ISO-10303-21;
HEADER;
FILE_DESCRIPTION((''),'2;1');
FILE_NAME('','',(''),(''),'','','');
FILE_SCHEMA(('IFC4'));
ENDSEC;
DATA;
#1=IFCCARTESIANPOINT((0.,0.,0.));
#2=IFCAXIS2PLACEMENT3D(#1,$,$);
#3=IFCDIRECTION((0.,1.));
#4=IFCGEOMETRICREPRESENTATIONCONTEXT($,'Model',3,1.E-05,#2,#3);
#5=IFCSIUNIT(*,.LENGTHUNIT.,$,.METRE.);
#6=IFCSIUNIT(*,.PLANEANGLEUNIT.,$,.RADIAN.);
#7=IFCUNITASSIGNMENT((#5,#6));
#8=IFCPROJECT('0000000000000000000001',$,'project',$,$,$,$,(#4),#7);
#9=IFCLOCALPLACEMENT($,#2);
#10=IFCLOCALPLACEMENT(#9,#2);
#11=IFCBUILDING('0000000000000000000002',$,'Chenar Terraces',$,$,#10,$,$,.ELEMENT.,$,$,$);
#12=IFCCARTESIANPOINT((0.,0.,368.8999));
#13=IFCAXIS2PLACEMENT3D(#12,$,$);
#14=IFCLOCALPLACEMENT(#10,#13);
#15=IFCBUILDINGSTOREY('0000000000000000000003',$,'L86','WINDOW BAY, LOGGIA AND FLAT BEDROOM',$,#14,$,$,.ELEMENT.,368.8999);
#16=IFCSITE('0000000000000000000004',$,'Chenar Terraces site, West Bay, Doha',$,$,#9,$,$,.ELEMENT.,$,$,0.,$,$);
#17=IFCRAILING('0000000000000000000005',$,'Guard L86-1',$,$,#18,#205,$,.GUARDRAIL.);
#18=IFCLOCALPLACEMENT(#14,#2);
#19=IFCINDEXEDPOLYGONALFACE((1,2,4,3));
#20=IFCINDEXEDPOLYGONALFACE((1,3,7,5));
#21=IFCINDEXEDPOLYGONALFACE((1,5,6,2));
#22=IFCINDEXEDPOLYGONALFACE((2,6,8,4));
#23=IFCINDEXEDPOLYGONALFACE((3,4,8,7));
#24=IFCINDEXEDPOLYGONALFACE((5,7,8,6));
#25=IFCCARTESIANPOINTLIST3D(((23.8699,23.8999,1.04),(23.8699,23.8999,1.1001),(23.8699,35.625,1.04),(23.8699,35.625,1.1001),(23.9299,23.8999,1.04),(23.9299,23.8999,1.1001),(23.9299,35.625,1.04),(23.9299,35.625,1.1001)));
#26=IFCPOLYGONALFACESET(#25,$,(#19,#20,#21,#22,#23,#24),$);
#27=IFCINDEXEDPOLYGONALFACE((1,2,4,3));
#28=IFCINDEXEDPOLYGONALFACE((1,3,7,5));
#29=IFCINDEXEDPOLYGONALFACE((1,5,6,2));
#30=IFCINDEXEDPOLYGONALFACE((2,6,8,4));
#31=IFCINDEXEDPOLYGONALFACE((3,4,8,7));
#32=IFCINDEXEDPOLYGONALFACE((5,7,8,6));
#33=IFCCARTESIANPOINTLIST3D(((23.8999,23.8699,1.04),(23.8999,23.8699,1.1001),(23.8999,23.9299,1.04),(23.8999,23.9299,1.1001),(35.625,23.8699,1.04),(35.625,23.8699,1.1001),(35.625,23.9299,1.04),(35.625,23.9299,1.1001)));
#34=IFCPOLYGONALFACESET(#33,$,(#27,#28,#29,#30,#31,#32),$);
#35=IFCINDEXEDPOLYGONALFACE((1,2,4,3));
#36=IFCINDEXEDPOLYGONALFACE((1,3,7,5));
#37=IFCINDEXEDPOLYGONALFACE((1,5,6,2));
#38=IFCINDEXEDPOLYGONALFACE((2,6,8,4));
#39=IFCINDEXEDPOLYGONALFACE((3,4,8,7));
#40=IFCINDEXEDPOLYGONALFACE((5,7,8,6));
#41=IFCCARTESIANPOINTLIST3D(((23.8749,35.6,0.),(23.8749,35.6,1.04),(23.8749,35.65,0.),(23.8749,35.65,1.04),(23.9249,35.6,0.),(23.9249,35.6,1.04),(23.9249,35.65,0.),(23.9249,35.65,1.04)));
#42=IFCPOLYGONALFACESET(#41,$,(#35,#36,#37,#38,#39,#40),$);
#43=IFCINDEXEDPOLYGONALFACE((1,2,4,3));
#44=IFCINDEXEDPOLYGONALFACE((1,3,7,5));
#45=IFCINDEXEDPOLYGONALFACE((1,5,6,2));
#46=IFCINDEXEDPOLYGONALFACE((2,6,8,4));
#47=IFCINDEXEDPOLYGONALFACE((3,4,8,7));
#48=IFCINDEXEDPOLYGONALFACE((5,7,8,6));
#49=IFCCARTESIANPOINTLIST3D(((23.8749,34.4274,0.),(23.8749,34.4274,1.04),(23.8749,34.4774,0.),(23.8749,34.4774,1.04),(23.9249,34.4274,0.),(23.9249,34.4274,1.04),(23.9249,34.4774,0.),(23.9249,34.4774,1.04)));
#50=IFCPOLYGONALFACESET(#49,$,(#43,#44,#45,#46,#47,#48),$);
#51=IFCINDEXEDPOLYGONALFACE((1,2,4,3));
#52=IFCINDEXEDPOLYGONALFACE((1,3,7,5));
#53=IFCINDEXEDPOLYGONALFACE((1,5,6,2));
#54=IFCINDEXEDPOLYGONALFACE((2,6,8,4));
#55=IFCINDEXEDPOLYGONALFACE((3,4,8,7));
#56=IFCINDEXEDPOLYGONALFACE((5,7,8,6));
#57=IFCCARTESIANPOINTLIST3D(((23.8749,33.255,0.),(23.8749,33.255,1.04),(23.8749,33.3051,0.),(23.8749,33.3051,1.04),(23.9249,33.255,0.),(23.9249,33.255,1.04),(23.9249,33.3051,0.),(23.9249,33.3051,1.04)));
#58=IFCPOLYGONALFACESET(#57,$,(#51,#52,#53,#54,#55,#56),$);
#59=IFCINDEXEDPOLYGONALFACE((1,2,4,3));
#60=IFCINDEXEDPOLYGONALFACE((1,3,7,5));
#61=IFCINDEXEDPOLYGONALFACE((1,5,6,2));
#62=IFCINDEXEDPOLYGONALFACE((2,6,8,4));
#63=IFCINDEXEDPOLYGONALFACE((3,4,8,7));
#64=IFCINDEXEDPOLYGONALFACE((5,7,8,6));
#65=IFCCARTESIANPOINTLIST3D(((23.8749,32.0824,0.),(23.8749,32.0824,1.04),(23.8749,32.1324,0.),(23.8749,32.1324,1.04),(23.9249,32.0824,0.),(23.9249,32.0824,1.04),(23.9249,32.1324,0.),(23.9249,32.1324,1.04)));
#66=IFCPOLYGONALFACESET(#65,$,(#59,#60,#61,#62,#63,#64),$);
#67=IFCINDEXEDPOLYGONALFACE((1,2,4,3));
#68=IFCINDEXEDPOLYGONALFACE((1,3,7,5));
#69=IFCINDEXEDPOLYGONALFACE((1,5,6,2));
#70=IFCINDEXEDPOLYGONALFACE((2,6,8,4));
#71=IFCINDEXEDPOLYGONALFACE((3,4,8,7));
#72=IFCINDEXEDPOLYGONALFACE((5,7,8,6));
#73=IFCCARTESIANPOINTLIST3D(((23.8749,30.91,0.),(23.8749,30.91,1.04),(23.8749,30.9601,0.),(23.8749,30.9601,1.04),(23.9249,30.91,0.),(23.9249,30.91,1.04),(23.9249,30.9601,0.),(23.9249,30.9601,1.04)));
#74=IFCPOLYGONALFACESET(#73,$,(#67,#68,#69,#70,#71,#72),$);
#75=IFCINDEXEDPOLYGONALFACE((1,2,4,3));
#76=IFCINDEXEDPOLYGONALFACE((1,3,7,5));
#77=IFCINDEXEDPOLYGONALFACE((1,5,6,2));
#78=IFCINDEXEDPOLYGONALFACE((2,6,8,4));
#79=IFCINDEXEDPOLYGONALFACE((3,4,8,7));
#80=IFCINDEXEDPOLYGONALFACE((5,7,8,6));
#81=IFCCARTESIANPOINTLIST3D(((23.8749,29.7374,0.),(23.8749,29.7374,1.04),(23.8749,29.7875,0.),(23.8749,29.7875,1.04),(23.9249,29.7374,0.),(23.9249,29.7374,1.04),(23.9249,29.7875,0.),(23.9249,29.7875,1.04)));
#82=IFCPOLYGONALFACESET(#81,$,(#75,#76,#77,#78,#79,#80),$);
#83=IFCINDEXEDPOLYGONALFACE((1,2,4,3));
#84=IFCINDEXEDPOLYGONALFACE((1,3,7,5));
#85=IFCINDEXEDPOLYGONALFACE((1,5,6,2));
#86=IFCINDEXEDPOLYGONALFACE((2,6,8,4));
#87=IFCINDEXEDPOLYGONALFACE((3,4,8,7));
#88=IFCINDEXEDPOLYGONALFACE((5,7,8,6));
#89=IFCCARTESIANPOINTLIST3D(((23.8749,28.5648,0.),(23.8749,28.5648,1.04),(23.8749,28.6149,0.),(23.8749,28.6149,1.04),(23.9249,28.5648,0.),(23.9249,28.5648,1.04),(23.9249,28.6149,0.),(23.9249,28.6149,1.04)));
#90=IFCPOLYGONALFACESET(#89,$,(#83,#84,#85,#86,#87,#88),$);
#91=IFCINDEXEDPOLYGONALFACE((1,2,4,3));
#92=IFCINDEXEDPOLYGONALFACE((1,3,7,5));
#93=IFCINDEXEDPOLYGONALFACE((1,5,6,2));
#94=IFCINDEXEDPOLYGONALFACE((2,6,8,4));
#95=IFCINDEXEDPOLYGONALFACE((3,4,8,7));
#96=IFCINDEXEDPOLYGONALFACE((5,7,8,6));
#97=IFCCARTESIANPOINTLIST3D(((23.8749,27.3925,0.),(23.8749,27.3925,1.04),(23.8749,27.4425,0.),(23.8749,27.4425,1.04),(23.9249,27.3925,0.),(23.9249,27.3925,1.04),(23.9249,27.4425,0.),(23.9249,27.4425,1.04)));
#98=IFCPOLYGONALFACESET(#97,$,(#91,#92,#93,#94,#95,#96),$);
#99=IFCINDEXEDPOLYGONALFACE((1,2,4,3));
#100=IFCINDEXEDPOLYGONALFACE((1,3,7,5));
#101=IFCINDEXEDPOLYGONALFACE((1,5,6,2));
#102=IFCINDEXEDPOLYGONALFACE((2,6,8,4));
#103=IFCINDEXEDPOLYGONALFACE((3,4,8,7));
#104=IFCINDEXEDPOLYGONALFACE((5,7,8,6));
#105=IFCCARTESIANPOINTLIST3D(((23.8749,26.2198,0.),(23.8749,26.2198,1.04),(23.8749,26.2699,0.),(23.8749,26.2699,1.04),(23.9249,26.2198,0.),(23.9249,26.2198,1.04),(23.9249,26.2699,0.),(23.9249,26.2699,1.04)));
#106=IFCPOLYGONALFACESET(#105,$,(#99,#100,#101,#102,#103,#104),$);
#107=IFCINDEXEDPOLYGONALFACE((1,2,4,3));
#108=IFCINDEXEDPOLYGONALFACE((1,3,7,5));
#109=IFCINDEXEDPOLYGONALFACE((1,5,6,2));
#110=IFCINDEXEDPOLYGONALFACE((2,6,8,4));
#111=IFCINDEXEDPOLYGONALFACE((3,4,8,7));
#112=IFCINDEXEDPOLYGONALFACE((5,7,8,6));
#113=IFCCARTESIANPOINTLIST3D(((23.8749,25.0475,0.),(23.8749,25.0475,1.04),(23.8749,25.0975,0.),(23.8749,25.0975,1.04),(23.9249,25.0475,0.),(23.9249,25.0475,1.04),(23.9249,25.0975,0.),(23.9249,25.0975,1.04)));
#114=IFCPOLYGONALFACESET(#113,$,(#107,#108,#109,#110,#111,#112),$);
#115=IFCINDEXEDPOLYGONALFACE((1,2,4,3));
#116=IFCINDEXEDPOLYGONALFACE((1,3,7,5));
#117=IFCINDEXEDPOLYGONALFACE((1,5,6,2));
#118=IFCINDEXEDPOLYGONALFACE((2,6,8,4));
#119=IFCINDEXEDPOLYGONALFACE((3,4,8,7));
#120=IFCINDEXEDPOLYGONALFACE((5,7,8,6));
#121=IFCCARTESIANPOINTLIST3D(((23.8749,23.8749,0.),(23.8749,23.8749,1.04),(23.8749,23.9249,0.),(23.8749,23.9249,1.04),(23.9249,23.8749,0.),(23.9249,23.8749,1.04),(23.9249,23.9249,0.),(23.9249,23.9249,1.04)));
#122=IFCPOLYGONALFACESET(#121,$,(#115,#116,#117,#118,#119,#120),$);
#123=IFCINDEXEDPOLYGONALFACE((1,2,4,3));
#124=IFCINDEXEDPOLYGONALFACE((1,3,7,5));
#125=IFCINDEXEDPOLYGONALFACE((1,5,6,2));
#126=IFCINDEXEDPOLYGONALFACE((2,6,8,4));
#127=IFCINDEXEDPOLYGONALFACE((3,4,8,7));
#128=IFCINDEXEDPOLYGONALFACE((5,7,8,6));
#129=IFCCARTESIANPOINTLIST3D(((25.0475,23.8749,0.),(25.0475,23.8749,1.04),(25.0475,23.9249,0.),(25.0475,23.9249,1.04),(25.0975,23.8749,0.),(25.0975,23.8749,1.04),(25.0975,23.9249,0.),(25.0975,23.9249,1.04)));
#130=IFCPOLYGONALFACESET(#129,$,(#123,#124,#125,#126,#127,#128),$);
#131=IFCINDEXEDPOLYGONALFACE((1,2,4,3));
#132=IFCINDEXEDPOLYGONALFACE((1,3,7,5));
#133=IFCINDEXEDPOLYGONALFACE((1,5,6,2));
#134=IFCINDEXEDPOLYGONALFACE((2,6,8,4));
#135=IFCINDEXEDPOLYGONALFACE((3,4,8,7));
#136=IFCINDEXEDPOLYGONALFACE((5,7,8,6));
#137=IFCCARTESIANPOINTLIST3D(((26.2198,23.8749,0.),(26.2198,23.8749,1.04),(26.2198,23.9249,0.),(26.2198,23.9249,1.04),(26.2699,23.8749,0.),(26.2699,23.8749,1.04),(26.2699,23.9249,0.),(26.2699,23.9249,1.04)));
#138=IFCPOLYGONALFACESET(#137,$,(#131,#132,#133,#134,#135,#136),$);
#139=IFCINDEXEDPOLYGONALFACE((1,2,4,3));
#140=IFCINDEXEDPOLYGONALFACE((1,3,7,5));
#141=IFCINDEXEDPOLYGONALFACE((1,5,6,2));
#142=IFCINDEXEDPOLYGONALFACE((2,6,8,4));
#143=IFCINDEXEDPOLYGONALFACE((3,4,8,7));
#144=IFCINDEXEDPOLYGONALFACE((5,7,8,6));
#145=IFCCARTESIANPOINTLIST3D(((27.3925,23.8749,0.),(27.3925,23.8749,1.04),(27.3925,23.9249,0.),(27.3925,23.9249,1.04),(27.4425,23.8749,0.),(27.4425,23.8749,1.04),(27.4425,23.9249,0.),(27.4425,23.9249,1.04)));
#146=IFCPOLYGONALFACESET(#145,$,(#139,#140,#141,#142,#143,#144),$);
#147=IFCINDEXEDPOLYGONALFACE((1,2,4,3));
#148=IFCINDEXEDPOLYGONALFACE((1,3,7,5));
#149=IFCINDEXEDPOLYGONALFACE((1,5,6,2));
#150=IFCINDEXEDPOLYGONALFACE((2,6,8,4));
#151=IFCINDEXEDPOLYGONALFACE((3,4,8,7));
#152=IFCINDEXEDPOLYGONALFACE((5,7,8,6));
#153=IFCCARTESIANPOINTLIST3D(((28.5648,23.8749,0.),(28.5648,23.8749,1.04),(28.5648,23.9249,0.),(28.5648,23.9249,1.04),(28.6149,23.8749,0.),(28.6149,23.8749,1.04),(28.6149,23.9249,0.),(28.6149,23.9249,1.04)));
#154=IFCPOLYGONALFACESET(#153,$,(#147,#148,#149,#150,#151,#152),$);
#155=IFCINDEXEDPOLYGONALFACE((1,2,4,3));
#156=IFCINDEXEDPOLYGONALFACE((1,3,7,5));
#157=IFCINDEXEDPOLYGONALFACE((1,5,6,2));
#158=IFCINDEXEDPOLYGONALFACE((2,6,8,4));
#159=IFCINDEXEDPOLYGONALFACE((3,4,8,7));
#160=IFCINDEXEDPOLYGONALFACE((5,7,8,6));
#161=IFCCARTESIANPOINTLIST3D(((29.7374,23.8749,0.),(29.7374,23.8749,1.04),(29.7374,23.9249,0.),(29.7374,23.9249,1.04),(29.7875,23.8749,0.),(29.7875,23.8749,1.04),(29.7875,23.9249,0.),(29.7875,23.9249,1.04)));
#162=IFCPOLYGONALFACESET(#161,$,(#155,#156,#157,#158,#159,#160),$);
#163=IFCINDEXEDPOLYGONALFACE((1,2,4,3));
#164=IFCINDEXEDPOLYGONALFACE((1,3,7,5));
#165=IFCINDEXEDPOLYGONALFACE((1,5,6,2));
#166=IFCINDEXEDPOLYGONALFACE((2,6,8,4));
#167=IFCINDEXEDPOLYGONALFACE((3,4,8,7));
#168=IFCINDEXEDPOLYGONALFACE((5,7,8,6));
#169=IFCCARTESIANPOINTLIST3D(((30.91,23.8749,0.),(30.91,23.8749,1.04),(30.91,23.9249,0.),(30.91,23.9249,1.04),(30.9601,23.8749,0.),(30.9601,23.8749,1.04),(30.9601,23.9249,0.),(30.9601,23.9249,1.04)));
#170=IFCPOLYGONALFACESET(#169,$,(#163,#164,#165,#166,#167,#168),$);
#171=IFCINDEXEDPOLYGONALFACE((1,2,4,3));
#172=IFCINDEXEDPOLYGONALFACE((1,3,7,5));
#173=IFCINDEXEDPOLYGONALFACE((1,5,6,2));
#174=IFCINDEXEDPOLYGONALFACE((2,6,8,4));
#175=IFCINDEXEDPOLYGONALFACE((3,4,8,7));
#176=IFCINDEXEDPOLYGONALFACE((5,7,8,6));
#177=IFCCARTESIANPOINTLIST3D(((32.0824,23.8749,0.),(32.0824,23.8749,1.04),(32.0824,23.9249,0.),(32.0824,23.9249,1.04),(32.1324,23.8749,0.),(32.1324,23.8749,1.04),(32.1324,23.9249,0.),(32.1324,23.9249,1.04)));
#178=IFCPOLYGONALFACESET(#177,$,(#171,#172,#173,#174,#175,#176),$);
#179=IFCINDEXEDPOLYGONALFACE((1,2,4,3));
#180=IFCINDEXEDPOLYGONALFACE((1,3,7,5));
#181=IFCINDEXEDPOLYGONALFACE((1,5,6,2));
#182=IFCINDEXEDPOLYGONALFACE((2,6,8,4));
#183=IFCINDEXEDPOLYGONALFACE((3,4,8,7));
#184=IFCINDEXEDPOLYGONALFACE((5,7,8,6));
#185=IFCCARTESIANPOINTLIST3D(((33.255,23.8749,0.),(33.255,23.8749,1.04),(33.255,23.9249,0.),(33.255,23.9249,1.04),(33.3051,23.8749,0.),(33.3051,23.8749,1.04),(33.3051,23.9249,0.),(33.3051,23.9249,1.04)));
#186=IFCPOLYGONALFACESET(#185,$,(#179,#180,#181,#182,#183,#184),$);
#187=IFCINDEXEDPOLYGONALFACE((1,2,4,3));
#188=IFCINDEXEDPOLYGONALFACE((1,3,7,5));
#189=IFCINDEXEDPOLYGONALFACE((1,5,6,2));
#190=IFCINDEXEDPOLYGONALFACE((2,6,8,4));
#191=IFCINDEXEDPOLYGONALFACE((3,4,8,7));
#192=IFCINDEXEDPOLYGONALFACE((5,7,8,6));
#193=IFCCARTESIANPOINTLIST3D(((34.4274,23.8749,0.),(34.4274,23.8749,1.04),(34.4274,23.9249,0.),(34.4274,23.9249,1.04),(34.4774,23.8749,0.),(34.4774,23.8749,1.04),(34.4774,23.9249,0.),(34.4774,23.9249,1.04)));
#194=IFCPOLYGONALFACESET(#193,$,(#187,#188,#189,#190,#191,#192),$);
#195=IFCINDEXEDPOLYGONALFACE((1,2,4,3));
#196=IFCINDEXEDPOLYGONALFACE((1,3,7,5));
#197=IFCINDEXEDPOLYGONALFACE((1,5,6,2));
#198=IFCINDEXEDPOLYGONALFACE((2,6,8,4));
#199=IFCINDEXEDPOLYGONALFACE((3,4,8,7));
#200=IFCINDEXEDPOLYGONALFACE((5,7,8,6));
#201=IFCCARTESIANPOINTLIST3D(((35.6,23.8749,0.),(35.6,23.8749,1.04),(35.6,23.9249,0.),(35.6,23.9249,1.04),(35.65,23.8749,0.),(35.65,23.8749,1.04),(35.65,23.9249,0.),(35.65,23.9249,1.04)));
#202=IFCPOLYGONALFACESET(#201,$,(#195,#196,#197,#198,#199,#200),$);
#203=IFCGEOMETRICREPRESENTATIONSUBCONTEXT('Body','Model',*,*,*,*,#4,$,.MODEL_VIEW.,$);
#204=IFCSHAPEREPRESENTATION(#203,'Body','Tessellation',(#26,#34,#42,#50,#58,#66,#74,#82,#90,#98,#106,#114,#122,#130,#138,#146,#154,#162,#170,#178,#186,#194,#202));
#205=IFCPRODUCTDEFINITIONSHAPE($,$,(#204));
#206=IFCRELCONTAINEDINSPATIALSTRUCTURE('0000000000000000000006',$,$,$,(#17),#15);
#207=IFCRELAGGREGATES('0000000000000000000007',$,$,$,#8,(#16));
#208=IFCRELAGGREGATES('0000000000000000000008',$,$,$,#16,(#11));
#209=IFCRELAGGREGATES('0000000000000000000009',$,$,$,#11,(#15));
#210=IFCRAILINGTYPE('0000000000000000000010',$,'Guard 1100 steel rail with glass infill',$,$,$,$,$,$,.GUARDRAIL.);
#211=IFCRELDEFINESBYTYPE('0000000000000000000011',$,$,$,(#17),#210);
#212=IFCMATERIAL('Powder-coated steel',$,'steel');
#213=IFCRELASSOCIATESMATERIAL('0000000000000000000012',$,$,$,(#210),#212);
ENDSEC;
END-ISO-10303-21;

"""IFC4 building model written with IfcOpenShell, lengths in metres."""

from ifc_helpers import new_model, si_unit, direction, frame, origin, origin_2d, place, context, subcontext, project, spatial, rectangle, extrude, material, type_object, element, save


model = new_model("IFC4")

# Units and contexts
model_context = context("Model", 3, precision=1e-05, world=origin(), true_north=direction((0.0, 1.0)))
body_context = subcontext(model_context, "Body", "Model", "MODEL_VIEW")
ifc_project = project(units=[si_unit("LENGTHUNIT", "METRE"), si_unit("PLANEANGLEUNIT", "RADIAN")], contexts=[model_context])

# Site, building, storey
site_placement = place(None, origin())
site = spatial("IfcSite", under=ifc_project, at=site_placement, Name="Chenar Terraces site, West Bay, Doha", CompositionType="ELEMENT", RefElevation=0.0)
building_placement = place(site_placement, origin())
building = spatial("IfcBuilding", under=site, at=building_placement, Name="Chenar Terraces", CompositionType="ELEMENT")
storey_placement = place(building_placement, frame((0.0, 0.0, 368.8999)))
storey = spatial("IfcBuildingStorey", under=building, at=storey_placement, Name="L86", Description="WINDOW BAY, LOGGIA AND FLAT BEDROOM", CompositionType="ELEMENT", Elevation=368.8999)

# Railing
ifc_material_1 = material(Name="Powder-coated steel", Category="steel")
railing_type = type_object("IfcRailingType", Name="Guard 1100 steel rail with glass infill", PredefinedType="GUARDRAIL", material=ifc_material_1)
railing_placement = place(storey_placement, frame((23.8999, 35.625, 0.0)))
element("IfcRailing", 1, at=railing_placement, inside=storey, type_object=railing_type, Name="Guard L86-1", PredefinedType="GUARDRAIL", context=body_context, shape_type="SweptSolid", body=[
    extrude(rectangle(XDim=0.0601, YDim=0.0601, at=origin_2d()), frame((0.0, 0.0, 1.0701), z_axis=(0.0, -1.0, 0.0), x_axis=(1.0, 0.0, 0.0)), (0.0, 0.0, 1.0), 11.7251),
    extrude(rectangle(XDim=0.0601, YDim=0.0601, at=origin_2d()), frame((0.0, -11.7251, 1.0701), z_axis=(1.0, 0.0, 0.0), x_axis=(0.0, 1.0, 0.0)), (0.0, 0.0, 1.0), 11.7251),
    extrude(rectangle(XDim=0.05, YDim=0.05, at=origin_2d()), origin(), (0.0, 0.0, 1.0), 1.04),
    extrude(rectangle(XDim=0.05, YDim=0.05, at=origin_2d()), frame((0.0, -1.1726, 0.0)), (0.0, 0.0, 1.0), 1.04),
    extrude(rectangle(XDim=0.05, YDim=0.05, at=origin_2d()), frame((0.0, -2.345, 0.0)), (0.0, 0.0, 1.0), 1.04),
    extrude(rectangle(XDim=0.05, YDim=0.05, at=origin_2d()), frame((0.0, -3.5176, 0.0)), (0.0, 0.0, 1.0), 1.04),
    extrude(rectangle(XDim=0.05, YDim=0.05, at=origin_2d()), frame((0.0, -4.6899, 0.0)), (0.0, 0.0, 1.0), 1.04),
    extrude(rectangle(XDim=0.05, YDim=0.05, at=origin_2d()), frame((0.0, -5.8625, 0.0)), (0.0, 0.0, 1.0), 1.04),
    extrude(rectangle(XDim=0.05, YDim=0.05, at=origin_2d()), frame((0.0, -7.0352, 0.0)), (0.0, 0.0, 1.0), 1.04),
    extrude(rectangle(XDim=0.05, YDim=0.05, at=origin_2d()), frame((0.0, -8.2075, 0.0)), (0.0, 0.0, 1.0), 1.04),
    extrude(rectangle(XDim=0.05, YDim=0.05, at=origin_2d()), frame((0.0, -9.3801, 0.0)), (0.0, 0.0, 1.0), 1.04),
    extrude(rectangle(XDim=0.05, YDim=0.05, at=origin_2d()), frame((0.0, -10.5525, 0.0)), (0.0, 0.0, 1.0), 1.04),
    extrude(rectangle(XDim=0.05, YDim=0.05, at=origin_2d()), frame((0.0, -11.7251, 0.0)), (0.0, 0.0, 1.0), 1.04),
    extrude(rectangle(XDim=0.05, YDim=0.05, at=origin_2d()), frame((1.1726, -11.7251, 0.0)), (0.0, 0.0, 1.0), 1.04),
    extrude(rectangle(XDim=0.05, YDim=0.05, at=origin_2d()), frame((2.345, -11.7251, 0.0)), (0.0, 0.0, 1.0), 1.04),
    extrude(rectangle(XDim=0.05, YDim=0.05, at=origin_2d()), frame((3.5176, -11.7251, 0.0)), (0.0, 0.0, 1.0), 1.04),
    extrude(rectangle(XDim=0.05, YDim=0.05, at=origin_2d()), frame((4.6899, -11.7251, 0.0)), (0.0, 0.0, 1.0), 1.04),
    extrude(rectangle(XDim=0.05, YDim=0.05, at=origin_2d()), frame((5.8625, -11.7251, 0.0)), (0.0, 0.0, 1.0), 1.04),
    extrude(rectangle(XDim=0.05, YDim=0.05, at=origin_2d()), frame((7.0352, -11.7251, 0.0)), (0.0, 0.0, 1.0), 1.04),
    extrude(rectangle(XDim=0.05, YDim=0.05, at=origin_2d()), frame((8.2075, -11.7251, 0.0)), (0.0, 0.0, 1.0), 1.04),
    extrude(rectangle(XDim=0.05, YDim=0.05, at=origin_2d()), frame((9.3801, -11.7251, 0.0)), (0.0, 0.0, 1.0), 1.04),
    extrude(rectangle(XDim=0.05, YDim=0.05, at=origin_2d()), frame((10.5525, -11.7251, 0.0)), (0.0, 0.0, 1.0), 1.04),
    extrude(rectangle(XDim=0.05, YDim=0.05, at=origin_2d()), frame((11.7251, -11.7251, 0.0)), (0.0, 0.0, 1.0), 1.04),
])

save(model, "model.ifc")
